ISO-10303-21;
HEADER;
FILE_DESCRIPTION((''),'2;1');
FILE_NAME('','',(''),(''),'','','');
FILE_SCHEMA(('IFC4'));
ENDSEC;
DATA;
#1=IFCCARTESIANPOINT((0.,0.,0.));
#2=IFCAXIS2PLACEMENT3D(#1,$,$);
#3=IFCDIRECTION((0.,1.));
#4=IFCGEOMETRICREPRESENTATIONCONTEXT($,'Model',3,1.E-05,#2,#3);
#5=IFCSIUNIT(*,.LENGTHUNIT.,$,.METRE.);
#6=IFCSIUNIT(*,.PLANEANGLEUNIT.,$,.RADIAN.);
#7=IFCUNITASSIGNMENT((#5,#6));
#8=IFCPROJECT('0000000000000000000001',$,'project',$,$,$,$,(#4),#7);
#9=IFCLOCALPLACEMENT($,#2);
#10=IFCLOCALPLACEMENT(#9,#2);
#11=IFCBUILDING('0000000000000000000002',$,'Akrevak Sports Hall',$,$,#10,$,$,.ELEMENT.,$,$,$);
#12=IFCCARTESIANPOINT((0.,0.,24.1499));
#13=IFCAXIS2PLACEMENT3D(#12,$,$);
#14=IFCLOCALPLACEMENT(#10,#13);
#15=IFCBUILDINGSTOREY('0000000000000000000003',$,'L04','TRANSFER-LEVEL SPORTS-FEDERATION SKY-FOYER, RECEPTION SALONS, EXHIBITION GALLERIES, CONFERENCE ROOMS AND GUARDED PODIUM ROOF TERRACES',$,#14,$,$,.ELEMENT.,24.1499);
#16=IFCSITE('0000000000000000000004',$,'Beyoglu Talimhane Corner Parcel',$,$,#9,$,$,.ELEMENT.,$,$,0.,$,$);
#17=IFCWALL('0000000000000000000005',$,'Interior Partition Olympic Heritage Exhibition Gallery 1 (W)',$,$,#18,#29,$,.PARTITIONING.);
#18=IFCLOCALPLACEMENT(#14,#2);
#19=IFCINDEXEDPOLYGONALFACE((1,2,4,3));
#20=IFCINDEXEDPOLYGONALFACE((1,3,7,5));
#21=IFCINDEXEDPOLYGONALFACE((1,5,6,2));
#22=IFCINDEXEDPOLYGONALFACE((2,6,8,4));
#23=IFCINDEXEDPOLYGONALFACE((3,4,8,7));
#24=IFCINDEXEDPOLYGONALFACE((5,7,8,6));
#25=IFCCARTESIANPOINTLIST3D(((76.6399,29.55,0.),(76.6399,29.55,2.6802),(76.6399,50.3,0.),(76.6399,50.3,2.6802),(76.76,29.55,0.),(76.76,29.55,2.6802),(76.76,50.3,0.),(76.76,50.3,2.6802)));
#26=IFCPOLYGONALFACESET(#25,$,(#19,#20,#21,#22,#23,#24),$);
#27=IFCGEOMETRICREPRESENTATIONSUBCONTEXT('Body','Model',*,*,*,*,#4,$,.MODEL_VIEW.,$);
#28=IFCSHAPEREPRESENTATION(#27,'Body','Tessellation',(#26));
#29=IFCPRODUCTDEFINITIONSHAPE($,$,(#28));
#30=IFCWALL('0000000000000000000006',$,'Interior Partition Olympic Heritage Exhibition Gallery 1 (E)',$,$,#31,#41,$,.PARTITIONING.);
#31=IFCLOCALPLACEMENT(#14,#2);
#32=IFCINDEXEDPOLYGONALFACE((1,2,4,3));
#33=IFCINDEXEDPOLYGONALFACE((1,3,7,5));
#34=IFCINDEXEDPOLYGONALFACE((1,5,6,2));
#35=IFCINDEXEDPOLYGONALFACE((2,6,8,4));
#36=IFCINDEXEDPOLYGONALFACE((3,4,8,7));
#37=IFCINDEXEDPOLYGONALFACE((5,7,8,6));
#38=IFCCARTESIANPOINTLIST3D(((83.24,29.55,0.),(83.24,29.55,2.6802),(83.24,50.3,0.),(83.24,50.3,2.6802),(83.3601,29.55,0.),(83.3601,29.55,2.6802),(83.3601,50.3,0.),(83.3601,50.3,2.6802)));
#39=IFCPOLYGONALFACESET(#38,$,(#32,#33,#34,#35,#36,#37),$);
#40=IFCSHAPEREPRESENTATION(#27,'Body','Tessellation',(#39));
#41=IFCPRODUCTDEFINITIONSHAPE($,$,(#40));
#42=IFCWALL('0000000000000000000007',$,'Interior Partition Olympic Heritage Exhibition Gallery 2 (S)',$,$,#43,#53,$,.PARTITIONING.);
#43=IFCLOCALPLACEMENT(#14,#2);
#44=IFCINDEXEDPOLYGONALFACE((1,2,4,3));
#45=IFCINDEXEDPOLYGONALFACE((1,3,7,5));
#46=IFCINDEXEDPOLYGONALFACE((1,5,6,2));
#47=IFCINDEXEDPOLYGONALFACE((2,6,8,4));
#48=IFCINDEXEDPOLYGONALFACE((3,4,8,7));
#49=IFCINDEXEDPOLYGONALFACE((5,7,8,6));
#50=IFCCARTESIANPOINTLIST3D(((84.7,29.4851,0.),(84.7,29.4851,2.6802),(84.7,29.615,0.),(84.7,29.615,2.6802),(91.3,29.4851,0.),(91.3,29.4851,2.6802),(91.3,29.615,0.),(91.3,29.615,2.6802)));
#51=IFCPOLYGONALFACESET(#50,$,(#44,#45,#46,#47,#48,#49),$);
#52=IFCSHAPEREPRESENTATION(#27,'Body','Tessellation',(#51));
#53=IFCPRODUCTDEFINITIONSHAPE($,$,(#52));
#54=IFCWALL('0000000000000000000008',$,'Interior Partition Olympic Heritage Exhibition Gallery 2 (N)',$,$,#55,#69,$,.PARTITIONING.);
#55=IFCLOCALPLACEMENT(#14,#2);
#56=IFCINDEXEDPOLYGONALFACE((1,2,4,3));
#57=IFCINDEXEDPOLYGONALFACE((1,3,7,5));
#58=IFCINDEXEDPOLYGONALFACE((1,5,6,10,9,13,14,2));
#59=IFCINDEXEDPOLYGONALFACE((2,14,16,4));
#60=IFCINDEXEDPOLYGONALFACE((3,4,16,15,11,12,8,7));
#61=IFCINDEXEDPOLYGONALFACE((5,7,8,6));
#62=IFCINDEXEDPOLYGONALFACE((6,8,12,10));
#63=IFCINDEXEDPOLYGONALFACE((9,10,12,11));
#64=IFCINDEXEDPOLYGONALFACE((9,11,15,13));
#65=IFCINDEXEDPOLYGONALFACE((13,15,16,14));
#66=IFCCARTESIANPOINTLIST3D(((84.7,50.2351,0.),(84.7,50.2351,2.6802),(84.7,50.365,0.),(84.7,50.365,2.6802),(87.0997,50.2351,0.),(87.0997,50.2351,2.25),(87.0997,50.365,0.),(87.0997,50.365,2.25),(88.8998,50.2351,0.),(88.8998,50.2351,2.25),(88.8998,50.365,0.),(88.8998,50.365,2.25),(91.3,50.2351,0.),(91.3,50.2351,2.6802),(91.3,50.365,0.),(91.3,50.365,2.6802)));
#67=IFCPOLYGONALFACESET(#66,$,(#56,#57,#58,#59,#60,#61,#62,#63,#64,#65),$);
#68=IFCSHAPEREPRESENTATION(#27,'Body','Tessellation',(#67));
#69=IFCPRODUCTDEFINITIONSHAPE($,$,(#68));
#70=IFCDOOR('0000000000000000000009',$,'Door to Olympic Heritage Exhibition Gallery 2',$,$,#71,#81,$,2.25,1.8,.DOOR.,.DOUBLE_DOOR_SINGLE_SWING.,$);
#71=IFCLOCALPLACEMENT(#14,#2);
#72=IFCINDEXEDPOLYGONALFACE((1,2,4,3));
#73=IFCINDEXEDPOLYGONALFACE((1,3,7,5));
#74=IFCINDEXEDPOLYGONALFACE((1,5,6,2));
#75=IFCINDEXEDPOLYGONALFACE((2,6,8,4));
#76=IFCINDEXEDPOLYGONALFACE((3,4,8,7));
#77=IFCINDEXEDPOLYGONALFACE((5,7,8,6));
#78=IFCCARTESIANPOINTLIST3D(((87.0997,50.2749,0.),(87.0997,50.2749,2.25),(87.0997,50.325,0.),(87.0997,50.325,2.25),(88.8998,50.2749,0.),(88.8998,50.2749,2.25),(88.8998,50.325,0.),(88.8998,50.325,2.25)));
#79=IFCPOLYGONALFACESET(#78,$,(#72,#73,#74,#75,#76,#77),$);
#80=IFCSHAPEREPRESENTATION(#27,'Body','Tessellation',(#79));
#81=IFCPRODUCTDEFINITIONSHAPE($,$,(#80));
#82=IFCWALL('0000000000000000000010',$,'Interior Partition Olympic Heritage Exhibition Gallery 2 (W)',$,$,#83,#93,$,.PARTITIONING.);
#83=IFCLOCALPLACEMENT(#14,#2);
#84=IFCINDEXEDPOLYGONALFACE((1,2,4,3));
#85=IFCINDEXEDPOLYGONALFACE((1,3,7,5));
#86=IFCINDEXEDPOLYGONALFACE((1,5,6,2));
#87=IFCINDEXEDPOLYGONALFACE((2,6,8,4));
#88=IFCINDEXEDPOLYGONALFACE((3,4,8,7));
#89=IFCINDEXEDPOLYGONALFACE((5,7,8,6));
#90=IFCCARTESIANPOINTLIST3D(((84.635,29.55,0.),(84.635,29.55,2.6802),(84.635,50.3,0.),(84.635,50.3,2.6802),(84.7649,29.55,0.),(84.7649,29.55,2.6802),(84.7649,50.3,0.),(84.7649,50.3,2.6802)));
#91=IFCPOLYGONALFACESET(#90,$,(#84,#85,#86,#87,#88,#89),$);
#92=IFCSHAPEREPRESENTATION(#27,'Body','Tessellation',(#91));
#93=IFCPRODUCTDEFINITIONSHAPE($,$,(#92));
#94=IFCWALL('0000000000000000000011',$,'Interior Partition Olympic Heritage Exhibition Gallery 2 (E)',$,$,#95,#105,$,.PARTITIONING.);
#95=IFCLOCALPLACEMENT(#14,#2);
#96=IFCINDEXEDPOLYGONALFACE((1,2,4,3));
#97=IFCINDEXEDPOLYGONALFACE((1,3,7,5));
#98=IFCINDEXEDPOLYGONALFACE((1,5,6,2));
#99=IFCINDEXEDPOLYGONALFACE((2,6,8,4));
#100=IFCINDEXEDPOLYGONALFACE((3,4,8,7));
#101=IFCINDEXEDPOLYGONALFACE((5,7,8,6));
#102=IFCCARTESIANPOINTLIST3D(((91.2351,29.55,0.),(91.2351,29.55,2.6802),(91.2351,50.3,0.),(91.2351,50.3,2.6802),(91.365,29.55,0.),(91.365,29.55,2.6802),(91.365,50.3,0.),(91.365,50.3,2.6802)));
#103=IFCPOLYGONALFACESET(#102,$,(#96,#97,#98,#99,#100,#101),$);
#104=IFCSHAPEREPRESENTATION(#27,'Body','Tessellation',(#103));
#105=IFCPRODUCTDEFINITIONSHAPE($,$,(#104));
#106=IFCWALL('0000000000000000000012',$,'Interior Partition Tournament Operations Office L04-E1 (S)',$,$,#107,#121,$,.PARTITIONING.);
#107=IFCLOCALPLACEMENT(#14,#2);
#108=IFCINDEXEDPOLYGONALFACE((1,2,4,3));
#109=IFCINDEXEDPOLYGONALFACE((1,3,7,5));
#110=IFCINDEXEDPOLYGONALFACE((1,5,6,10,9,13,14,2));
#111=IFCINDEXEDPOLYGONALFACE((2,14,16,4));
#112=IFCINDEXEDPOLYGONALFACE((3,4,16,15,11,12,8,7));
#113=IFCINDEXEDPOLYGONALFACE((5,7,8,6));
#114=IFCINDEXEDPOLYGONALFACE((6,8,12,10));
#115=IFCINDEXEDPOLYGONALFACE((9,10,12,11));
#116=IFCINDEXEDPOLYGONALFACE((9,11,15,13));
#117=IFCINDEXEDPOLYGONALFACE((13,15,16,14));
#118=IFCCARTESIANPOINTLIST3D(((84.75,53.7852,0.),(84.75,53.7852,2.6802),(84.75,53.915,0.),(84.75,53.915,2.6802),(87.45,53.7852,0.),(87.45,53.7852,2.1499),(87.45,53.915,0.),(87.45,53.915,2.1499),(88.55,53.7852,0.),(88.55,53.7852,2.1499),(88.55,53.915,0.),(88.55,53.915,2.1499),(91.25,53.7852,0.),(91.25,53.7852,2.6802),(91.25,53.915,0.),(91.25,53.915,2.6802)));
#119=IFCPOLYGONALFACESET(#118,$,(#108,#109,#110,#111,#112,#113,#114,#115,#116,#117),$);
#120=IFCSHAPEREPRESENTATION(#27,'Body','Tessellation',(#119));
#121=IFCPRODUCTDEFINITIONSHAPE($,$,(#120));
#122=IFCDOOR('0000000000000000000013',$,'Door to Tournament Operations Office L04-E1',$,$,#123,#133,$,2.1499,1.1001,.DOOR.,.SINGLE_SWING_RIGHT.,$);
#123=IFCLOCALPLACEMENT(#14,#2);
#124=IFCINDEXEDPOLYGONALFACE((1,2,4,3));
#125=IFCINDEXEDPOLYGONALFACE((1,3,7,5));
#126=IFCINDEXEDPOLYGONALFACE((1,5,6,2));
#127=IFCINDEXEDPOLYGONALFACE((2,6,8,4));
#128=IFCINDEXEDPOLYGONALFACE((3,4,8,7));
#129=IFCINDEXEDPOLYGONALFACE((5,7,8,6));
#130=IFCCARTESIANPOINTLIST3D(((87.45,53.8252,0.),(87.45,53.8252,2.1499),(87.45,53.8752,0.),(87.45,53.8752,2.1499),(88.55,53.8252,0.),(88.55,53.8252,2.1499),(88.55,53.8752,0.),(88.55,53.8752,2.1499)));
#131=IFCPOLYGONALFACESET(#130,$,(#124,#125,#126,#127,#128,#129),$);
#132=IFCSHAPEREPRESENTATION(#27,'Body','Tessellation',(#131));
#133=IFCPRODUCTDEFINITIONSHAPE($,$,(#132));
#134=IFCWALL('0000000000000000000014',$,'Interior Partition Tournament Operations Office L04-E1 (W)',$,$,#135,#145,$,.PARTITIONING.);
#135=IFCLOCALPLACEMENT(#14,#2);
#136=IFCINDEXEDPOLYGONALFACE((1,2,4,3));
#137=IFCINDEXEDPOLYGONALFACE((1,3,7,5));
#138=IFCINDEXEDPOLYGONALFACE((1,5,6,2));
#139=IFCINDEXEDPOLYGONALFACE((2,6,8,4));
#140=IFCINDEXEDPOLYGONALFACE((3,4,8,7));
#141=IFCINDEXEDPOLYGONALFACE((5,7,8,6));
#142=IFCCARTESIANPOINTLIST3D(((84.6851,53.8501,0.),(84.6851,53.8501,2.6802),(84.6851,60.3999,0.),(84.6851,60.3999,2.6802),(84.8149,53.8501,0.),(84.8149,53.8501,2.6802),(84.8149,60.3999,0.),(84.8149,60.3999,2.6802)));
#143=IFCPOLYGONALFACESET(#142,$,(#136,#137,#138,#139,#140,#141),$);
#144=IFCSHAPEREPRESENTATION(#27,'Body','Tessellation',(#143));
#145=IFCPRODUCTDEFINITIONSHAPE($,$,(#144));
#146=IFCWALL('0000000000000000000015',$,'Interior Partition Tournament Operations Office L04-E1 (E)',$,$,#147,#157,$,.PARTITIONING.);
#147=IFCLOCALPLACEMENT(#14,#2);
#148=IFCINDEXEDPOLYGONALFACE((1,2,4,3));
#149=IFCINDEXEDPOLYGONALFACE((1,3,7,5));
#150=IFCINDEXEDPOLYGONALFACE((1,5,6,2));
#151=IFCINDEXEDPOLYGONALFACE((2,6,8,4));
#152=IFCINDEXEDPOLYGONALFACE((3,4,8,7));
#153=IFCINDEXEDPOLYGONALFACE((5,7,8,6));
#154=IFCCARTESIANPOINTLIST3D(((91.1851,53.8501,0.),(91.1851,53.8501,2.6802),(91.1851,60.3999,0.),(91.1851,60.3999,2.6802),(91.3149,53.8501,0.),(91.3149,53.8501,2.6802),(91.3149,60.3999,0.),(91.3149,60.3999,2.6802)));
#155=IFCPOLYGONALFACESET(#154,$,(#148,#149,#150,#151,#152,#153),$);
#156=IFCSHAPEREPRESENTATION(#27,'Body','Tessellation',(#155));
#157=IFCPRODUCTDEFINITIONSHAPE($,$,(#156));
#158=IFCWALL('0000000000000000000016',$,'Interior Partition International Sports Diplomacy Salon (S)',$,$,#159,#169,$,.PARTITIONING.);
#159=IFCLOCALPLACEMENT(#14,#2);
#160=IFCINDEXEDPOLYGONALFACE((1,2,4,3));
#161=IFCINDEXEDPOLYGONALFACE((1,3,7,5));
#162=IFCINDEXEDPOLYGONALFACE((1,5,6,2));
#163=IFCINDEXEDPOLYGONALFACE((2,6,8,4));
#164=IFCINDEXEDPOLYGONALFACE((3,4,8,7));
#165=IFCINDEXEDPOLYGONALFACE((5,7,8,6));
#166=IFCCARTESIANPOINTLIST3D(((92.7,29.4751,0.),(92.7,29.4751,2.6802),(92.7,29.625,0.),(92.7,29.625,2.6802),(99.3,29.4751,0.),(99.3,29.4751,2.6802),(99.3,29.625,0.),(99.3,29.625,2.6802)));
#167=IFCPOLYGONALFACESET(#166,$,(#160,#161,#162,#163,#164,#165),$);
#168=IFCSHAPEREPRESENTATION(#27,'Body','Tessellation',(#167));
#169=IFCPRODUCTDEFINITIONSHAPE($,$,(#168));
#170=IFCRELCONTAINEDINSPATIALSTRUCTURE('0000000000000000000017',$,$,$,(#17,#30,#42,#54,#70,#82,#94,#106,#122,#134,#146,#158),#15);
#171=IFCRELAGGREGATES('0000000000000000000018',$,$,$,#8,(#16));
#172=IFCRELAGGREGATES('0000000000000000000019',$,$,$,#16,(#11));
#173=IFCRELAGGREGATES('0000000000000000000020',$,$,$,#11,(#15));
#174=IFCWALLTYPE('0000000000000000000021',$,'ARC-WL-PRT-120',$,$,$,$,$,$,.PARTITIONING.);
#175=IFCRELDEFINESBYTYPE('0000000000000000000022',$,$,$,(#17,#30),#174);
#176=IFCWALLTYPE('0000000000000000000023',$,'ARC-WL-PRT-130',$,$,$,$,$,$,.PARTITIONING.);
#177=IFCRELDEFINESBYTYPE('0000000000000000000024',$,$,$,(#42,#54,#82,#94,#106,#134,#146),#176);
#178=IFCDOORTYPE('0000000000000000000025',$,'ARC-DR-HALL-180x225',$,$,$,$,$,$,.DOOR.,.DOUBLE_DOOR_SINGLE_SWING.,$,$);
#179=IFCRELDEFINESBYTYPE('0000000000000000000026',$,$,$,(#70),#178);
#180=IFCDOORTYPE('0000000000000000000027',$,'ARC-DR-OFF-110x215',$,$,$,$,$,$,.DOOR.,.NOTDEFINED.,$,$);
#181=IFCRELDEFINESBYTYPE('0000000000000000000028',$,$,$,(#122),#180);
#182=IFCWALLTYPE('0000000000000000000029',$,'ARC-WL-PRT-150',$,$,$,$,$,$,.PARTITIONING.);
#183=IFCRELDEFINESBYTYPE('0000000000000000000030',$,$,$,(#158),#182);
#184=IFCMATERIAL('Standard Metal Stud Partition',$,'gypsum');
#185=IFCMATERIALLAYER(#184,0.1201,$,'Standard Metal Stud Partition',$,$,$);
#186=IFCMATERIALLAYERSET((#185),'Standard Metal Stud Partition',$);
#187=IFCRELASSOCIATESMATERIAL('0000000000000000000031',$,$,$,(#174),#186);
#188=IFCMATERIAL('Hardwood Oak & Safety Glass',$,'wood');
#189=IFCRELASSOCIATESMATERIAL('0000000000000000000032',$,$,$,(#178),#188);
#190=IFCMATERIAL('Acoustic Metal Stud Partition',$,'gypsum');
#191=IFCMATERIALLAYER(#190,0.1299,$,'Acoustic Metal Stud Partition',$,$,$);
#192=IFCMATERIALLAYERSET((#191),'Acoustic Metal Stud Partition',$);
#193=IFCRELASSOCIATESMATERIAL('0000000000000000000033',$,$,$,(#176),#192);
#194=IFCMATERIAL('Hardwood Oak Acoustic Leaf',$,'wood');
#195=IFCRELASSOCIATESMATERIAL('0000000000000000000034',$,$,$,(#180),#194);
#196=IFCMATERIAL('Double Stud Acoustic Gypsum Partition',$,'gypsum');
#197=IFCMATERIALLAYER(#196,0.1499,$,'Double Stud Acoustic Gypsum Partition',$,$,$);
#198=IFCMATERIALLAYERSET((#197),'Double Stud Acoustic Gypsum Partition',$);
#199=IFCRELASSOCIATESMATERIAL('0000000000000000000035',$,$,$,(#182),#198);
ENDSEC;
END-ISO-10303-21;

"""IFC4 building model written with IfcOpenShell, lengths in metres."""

from ifc_helpers import new_model, si_unit, direction, frame, frame_2d, origin, place, context, subcontext, project, spatial, rectangle, extrude, material, layer, layer_set, type_object, element, fill, save


model = new_model("IFC4")

# Units and contexts
model_context = context("Model", 3, precision=1e-05, world=origin(), true_north=direction((0.0, 1.0)))
body_context = subcontext(model_context, "Body", "Model", "MODEL_VIEW")
ifc_project = project(units=[si_unit("LENGTHUNIT", "METRE"), si_unit("PLANEANGLEUNIT", "RADIAN")], contexts=[model_context])

# Site, building, storey
site_placement = place(None, origin())
site = spatial("IfcSite", under=ifc_project, at=site_placement, Name="Beyoglu Talimhane Corner Parcel", CompositionType="ELEMENT", RefElevation=0.0)
building_placement = place(site_placement, origin())
building = spatial("IfcBuilding", under=site, at=building_placement, Name="Akrevak Sports Hall", CompositionType="ELEMENT")
storey_placement = place(building_placement, frame((0.0, 0.0, 24.1499)))
storey = spatial("IfcBuildingStorey", under=building, at=storey_placement, Name="L04", Description="TRANSFER-LEVEL SPORTS-FEDERATION SKY-FOYER, RECEPTION SALONS, EXHIBITION GALLERIES, CONFERENCE ROOMS AND GUARDED PODIUM ROOF TERRACES", CompositionType="ELEMENT", Elevation=24.1499)

# Shared definitions
ifc_material_1 = material(Name="Standard Metal Stud Partition", Category="gypsum")
ifc_layer_1 = layer(ifc_material_1, 0.1201, Name="Standard Metal Stud Partition")
ifc_layer_set_1 = layer_set([ifc_layer_1], Name="Standard Metal Stud Partition")
wall_type_1 = type_object("IfcWallType", Name="ARC-WL-PRT-120", PredefinedType="PARTITIONING", material=ifc_layer_set_1)

# Shared definitions
ifc_material_2 = material(Name="Hardwood Oak & Safety Glass", Category="wood")
door_type_1 = type_object("IfcDoorType", Name="ARC-DR-HALL-180x225", OperationType="DOUBLE_DOOR_SINGLE_SWING", PredefinedType="DOOR", material=ifc_material_2)

# Walls
for number, where, z_axis, x_axis, name in (
    (1, (76.7, 29.55, 0.0), (0.0, 0.0, 1.0), (0.0, 1.0, 0.0), "Interior Partition Olympic Heritage Exhibition Gallery 1 (W)"),
    (2, (83.3, 29.55, 0.0), (0.0, 0.0, 1.0), (0.0, 1.0, 0.0), "Interior Partition Olympic Heritage Exhibition Gallery 1 (E)"),
):
    element("IfcWall", number, at=place(storey_placement, frame(where, z_axis=z_axis, x_axis=x_axis)), inside=storey, type_object=wall_type_1, Name=name, PredefinedType="PARTITIONING", context=body_context, shape_type="SweptSolid", body=[
        extrude(rectangle(XDim=20.75, YDim=0.1201, at=frame_2d((10.375, 0.0))), origin(), (0.0, 0.0, 1.0), 2.6802),
    ])
ifc_material_3 = material(Name="Acoustic Metal Stud Partition", Category="gypsum")
ifc_layer_2 = layer(ifc_material_3, 0.1299, Name="Acoustic Metal Stud Partition")
ifc_layer_set_2 = layer_set([ifc_layer_2], Name="Acoustic Metal Stud Partition")
wall_type_2 = type_object("IfcWallType", Name="ARC-WL-PRT-130", PredefinedType="PARTITIONING", material=ifc_layer_set_2)
wall_1_placement = place(storey_placement, frame((84.7, 29.55, 0.0), z_axis=(0.0, 0.0, 1.0), x_axis=(1.0, 0.0, 0.0)))
element("IfcWall", 3, at=wall_1_placement, inside=storey, type_object=wall_type_2, Name="Interior Partition Olympic Heritage Exhibition Gallery 2 (S)", PredefinedType="PARTITIONING", context=body_context, shape_type="SweptSolid", body=[
    extrude(rectangle(XDim=6.6001, YDim=0.1299, at=frame_2d((3.3, 0.0))), origin(), (0.0, 0.0, 1.0), 2.6802),
])

# Wall, opening, door
wall_2_placement = place(storey_placement, frame((84.7, 50.3, 0.0), z_axis=(0.0, 0.0, 1.0), x_axis=(1.0, 0.0, 0.0)))
wall_2 = element("IfcWall", 4, at=wall_2_placement, inside=storey, type_object=wall_type_2, Name="Interior Partition Olympic Heritage Exhibition Gallery 2 (N)", PredefinedType="PARTITIONING", context=body_context, shape_type="SweptSolid", body=[
    extrude(rectangle(XDim=6.6001, YDim=0.1299, at=frame_2d((3.3, 0.0))), origin(), (0.0, 0.0, 1.0), 2.6802),
])
opening_1_placement = place(wall_2_placement, frame((2.3999, 0.0, 0.0)))
opening_1 = element("IfcOpeningElement", 5, at=opening_1_placement, cuts=wall_2, PredefinedType="OPENING", context=body_context, shape_type="SweptSolid", body=[
    extrude(rectangle(XDim=1.8, YDim=2.25, at=frame_2d((0.8999, 1.125))), frame((0.0, 0.0769, 0.0), z_axis=(0.0, -1.0, 0.0), x_axis=(1.0, 0.0, 0.0)), (0.0, 0.0, 1.0), 0.1538),
])
door_1_placement = place(opening_1_placement, origin())
door_1 = element("IfcDoor", 6, at=door_1_placement, inside=storey, type_object=door_type_1, Name="Door to Olympic Heritage Exhibition Gallery 2", OperationType="DOUBLE_DOOR_SINGLE_SWING", OverallHeight=2.25, OverallWidth=1.8, PredefinedType="DOOR", context=body_context, shape_type="SweptSolid", body=[
    extrude(rectangle(XDim=1.8, YDim=2.25, at=frame_2d((0.8999, 1.125))), frame((0.0, 0.0249, 0.0), z_axis=(0.0, -1.0, 0.0), x_axis=(1.0, 0.0, 0.0)), (0.0, 0.0, 1.0), 0.05),
])
fill(opening_1, door_1)

# Walls
for number, where, z_axis, x_axis, name in (
    (7, (84.7, 29.55, 0.0), (0.0, 0.0, 1.0), (0.0, 1.0, 0.0), "Interior Partition Olympic Heritage Exhibition Gallery 2 (W)"),
    (8, (91.3, 29.55, 0.0), (0.0, 0.0, 1.0), (0.0, 1.0, 0.0), "Interior Partition Olympic Heritage Exhibition Gallery 2 (E)"),
):
    element("IfcWall", number, at=place(storey_placement, frame(where, z_axis=z_axis, x_axis=x_axis)), inside=storey, type_object=wall_type_2, Name=name, PredefinedType="PARTITIONING", context=body_context, shape_type="SweptSolid", body=[
        extrude(rectangle(XDim=20.75, YDim=0.1299, at=frame_2d((10.375, 0.0))), origin(), (0.0, 0.0, 1.0), 2.6802),
    ])

# Wall, opening, door
wall_3_placement = place(storey_placement, frame((84.75, 53.8501, 0.0), z_axis=(0.0, 0.0, 1.0), x_axis=(1.0, 0.0, 0.0)))
wall_3 = element("IfcWall", 9, at=wall_3_placement, inside=storey, type_object=wall_type_2, Name="Interior Partition Tournament Operations Office L04-E1 (S)", PredefinedType="PARTITIONING", context=body_context, shape_type="SweptSolid", body=[
    extrude(rectangle(XDim=6.5, YDim=0.1299, at=frame_2d((3.25, 0.0))), origin(), (0.0, 0.0, 1.0), 2.6802),
])
opening_2_placement = place(wall_3_placement, frame((2.7, 0.0, 0.0)))
opening_2 = element("IfcOpeningElement", 10, at=opening_2_placement, cuts=wall_3, PredefinedType="OPENING", context=body_context, shape_type="SweptSolid", body=[
    extrude(rectangle(XDim=1.1001, YDim=2.1499, at=frame_2d((0.55, 1.075))), frame((0.0, 0.0769, 0.0), z_axis=(0.0, -1.0, 0.0), x_axis=(1.0, 0.0, 0.0)), (0.0, 0.0, 1.0), 0.1538),
])
ifc_material_4 = material(Name="Hardwood Oak Acoustic Leaf", Category="wood")
door_type_2 = type_object("IfcDoorType", Name="ARC-DR-OFF-110x215", OperationType="NOTDEFINED", PredefinedType="DOOR", material=ifc_material_4)
door_2_placement = place(opening_2_placement, frame((1.1001, 0.0, 0.0), z_axis=(0.0, 0.0, 1.0), x_axis=(-1.0, 0.0, 0.0)))
door_2 = element("IfcDoor", 11, at=door_2_placement, inside=storey, type_object=door_type_2, Name="Door to Tournament Operations Office L04-E1", OperationType="SINGLE_SWING_RIGHT", OverallHeight=2.1499, OverallWidth=1.1001, PredefinedType="DOOR", context=body_context, shape_type="SweptSolid", body=[
    extrude(rectangle(XDim=1.1001, YDim=2.1499, at=frame_2d((0.55, 1.075))), frame((0.0, 0.0249, 0.0), z_axis=(0.0, -1.0, 0.0), x_axis=(1.0, 0.0, 0.0)), (0.0, 0.0, 1.0), 0.05),
])
fill(opening_2, door_2)

# Walls
for number, where, z_axis, x_axis, name in (
    (12, (84.75, 53.8501, 0.0), (0.0, 0.0, 1.0), (0.0, 1.0, 0.0), "Interior Partition Tournament Operations Office L04-E1 (W)"),
    (13, (91.25, 53.8501, 0.0), (0.0, 0.0, 1.0), (0.0, 1.0, 0.0), "Interior Partition Tournament Operations Office L04-E1 (E)"),
):
    element("IfcWall", number, at=place(storey_placement, frame(where, z_axis=z_axis, x_axis=x_axis)), inside=storey, type_object=wall_type_2, Name=name, PredefinedType="PARTITIONING", context=body_context, shape_type="SweptSolid", body=[
        extrude(rectangle(XDim=6.5498, YDim=0.1299, at=frame_2d((3.2749, 0.0))), origin(), (0.0, 0.0, 1.0), 2.6802),
    ])
ifc_material_5 = material(Name="Double Stud Acoustic Gypsum Partition", Category="gypsum")
ifc_layer_3 = layer(ifc_material_5, 0.1499, Name="Double Stud Acoustic Gypsum Partition")
ifc_layer_set_3 = layer_set([ifc_layer_3], Name="Double Stud Acoustic Gypsum Partition")
wall_type_3 = type_object("IfcWallType", Name="ARC-WL-PRT-150", PredefinedType="PARTITIONING", material=ifc_layer_set_3)
wall_4_placement = place(storey_placement, frame((92.7, 29.55, 0.0), z_axis=(0.0, 0.0, 1.0), x_axis=(1.0, 0.0, 0.0)))
element("IfcWall", 14, at=wall_4_placement, inside=storey, type_object=wall_type_3, Name="Interior Partition International Sports Diplomacy Salon (S)", PredefinedType="PARTITIONING", context=body_context, shape_type="SweptSolid", body=[
    extrude(rectangle(XDim=6.6001, YDim=0.1499, at=frame_2d((3.3, 0.0))), origin(), (0.0, 0.0, 1.0), 2.6802),
])

save(model, "model.ifc")
